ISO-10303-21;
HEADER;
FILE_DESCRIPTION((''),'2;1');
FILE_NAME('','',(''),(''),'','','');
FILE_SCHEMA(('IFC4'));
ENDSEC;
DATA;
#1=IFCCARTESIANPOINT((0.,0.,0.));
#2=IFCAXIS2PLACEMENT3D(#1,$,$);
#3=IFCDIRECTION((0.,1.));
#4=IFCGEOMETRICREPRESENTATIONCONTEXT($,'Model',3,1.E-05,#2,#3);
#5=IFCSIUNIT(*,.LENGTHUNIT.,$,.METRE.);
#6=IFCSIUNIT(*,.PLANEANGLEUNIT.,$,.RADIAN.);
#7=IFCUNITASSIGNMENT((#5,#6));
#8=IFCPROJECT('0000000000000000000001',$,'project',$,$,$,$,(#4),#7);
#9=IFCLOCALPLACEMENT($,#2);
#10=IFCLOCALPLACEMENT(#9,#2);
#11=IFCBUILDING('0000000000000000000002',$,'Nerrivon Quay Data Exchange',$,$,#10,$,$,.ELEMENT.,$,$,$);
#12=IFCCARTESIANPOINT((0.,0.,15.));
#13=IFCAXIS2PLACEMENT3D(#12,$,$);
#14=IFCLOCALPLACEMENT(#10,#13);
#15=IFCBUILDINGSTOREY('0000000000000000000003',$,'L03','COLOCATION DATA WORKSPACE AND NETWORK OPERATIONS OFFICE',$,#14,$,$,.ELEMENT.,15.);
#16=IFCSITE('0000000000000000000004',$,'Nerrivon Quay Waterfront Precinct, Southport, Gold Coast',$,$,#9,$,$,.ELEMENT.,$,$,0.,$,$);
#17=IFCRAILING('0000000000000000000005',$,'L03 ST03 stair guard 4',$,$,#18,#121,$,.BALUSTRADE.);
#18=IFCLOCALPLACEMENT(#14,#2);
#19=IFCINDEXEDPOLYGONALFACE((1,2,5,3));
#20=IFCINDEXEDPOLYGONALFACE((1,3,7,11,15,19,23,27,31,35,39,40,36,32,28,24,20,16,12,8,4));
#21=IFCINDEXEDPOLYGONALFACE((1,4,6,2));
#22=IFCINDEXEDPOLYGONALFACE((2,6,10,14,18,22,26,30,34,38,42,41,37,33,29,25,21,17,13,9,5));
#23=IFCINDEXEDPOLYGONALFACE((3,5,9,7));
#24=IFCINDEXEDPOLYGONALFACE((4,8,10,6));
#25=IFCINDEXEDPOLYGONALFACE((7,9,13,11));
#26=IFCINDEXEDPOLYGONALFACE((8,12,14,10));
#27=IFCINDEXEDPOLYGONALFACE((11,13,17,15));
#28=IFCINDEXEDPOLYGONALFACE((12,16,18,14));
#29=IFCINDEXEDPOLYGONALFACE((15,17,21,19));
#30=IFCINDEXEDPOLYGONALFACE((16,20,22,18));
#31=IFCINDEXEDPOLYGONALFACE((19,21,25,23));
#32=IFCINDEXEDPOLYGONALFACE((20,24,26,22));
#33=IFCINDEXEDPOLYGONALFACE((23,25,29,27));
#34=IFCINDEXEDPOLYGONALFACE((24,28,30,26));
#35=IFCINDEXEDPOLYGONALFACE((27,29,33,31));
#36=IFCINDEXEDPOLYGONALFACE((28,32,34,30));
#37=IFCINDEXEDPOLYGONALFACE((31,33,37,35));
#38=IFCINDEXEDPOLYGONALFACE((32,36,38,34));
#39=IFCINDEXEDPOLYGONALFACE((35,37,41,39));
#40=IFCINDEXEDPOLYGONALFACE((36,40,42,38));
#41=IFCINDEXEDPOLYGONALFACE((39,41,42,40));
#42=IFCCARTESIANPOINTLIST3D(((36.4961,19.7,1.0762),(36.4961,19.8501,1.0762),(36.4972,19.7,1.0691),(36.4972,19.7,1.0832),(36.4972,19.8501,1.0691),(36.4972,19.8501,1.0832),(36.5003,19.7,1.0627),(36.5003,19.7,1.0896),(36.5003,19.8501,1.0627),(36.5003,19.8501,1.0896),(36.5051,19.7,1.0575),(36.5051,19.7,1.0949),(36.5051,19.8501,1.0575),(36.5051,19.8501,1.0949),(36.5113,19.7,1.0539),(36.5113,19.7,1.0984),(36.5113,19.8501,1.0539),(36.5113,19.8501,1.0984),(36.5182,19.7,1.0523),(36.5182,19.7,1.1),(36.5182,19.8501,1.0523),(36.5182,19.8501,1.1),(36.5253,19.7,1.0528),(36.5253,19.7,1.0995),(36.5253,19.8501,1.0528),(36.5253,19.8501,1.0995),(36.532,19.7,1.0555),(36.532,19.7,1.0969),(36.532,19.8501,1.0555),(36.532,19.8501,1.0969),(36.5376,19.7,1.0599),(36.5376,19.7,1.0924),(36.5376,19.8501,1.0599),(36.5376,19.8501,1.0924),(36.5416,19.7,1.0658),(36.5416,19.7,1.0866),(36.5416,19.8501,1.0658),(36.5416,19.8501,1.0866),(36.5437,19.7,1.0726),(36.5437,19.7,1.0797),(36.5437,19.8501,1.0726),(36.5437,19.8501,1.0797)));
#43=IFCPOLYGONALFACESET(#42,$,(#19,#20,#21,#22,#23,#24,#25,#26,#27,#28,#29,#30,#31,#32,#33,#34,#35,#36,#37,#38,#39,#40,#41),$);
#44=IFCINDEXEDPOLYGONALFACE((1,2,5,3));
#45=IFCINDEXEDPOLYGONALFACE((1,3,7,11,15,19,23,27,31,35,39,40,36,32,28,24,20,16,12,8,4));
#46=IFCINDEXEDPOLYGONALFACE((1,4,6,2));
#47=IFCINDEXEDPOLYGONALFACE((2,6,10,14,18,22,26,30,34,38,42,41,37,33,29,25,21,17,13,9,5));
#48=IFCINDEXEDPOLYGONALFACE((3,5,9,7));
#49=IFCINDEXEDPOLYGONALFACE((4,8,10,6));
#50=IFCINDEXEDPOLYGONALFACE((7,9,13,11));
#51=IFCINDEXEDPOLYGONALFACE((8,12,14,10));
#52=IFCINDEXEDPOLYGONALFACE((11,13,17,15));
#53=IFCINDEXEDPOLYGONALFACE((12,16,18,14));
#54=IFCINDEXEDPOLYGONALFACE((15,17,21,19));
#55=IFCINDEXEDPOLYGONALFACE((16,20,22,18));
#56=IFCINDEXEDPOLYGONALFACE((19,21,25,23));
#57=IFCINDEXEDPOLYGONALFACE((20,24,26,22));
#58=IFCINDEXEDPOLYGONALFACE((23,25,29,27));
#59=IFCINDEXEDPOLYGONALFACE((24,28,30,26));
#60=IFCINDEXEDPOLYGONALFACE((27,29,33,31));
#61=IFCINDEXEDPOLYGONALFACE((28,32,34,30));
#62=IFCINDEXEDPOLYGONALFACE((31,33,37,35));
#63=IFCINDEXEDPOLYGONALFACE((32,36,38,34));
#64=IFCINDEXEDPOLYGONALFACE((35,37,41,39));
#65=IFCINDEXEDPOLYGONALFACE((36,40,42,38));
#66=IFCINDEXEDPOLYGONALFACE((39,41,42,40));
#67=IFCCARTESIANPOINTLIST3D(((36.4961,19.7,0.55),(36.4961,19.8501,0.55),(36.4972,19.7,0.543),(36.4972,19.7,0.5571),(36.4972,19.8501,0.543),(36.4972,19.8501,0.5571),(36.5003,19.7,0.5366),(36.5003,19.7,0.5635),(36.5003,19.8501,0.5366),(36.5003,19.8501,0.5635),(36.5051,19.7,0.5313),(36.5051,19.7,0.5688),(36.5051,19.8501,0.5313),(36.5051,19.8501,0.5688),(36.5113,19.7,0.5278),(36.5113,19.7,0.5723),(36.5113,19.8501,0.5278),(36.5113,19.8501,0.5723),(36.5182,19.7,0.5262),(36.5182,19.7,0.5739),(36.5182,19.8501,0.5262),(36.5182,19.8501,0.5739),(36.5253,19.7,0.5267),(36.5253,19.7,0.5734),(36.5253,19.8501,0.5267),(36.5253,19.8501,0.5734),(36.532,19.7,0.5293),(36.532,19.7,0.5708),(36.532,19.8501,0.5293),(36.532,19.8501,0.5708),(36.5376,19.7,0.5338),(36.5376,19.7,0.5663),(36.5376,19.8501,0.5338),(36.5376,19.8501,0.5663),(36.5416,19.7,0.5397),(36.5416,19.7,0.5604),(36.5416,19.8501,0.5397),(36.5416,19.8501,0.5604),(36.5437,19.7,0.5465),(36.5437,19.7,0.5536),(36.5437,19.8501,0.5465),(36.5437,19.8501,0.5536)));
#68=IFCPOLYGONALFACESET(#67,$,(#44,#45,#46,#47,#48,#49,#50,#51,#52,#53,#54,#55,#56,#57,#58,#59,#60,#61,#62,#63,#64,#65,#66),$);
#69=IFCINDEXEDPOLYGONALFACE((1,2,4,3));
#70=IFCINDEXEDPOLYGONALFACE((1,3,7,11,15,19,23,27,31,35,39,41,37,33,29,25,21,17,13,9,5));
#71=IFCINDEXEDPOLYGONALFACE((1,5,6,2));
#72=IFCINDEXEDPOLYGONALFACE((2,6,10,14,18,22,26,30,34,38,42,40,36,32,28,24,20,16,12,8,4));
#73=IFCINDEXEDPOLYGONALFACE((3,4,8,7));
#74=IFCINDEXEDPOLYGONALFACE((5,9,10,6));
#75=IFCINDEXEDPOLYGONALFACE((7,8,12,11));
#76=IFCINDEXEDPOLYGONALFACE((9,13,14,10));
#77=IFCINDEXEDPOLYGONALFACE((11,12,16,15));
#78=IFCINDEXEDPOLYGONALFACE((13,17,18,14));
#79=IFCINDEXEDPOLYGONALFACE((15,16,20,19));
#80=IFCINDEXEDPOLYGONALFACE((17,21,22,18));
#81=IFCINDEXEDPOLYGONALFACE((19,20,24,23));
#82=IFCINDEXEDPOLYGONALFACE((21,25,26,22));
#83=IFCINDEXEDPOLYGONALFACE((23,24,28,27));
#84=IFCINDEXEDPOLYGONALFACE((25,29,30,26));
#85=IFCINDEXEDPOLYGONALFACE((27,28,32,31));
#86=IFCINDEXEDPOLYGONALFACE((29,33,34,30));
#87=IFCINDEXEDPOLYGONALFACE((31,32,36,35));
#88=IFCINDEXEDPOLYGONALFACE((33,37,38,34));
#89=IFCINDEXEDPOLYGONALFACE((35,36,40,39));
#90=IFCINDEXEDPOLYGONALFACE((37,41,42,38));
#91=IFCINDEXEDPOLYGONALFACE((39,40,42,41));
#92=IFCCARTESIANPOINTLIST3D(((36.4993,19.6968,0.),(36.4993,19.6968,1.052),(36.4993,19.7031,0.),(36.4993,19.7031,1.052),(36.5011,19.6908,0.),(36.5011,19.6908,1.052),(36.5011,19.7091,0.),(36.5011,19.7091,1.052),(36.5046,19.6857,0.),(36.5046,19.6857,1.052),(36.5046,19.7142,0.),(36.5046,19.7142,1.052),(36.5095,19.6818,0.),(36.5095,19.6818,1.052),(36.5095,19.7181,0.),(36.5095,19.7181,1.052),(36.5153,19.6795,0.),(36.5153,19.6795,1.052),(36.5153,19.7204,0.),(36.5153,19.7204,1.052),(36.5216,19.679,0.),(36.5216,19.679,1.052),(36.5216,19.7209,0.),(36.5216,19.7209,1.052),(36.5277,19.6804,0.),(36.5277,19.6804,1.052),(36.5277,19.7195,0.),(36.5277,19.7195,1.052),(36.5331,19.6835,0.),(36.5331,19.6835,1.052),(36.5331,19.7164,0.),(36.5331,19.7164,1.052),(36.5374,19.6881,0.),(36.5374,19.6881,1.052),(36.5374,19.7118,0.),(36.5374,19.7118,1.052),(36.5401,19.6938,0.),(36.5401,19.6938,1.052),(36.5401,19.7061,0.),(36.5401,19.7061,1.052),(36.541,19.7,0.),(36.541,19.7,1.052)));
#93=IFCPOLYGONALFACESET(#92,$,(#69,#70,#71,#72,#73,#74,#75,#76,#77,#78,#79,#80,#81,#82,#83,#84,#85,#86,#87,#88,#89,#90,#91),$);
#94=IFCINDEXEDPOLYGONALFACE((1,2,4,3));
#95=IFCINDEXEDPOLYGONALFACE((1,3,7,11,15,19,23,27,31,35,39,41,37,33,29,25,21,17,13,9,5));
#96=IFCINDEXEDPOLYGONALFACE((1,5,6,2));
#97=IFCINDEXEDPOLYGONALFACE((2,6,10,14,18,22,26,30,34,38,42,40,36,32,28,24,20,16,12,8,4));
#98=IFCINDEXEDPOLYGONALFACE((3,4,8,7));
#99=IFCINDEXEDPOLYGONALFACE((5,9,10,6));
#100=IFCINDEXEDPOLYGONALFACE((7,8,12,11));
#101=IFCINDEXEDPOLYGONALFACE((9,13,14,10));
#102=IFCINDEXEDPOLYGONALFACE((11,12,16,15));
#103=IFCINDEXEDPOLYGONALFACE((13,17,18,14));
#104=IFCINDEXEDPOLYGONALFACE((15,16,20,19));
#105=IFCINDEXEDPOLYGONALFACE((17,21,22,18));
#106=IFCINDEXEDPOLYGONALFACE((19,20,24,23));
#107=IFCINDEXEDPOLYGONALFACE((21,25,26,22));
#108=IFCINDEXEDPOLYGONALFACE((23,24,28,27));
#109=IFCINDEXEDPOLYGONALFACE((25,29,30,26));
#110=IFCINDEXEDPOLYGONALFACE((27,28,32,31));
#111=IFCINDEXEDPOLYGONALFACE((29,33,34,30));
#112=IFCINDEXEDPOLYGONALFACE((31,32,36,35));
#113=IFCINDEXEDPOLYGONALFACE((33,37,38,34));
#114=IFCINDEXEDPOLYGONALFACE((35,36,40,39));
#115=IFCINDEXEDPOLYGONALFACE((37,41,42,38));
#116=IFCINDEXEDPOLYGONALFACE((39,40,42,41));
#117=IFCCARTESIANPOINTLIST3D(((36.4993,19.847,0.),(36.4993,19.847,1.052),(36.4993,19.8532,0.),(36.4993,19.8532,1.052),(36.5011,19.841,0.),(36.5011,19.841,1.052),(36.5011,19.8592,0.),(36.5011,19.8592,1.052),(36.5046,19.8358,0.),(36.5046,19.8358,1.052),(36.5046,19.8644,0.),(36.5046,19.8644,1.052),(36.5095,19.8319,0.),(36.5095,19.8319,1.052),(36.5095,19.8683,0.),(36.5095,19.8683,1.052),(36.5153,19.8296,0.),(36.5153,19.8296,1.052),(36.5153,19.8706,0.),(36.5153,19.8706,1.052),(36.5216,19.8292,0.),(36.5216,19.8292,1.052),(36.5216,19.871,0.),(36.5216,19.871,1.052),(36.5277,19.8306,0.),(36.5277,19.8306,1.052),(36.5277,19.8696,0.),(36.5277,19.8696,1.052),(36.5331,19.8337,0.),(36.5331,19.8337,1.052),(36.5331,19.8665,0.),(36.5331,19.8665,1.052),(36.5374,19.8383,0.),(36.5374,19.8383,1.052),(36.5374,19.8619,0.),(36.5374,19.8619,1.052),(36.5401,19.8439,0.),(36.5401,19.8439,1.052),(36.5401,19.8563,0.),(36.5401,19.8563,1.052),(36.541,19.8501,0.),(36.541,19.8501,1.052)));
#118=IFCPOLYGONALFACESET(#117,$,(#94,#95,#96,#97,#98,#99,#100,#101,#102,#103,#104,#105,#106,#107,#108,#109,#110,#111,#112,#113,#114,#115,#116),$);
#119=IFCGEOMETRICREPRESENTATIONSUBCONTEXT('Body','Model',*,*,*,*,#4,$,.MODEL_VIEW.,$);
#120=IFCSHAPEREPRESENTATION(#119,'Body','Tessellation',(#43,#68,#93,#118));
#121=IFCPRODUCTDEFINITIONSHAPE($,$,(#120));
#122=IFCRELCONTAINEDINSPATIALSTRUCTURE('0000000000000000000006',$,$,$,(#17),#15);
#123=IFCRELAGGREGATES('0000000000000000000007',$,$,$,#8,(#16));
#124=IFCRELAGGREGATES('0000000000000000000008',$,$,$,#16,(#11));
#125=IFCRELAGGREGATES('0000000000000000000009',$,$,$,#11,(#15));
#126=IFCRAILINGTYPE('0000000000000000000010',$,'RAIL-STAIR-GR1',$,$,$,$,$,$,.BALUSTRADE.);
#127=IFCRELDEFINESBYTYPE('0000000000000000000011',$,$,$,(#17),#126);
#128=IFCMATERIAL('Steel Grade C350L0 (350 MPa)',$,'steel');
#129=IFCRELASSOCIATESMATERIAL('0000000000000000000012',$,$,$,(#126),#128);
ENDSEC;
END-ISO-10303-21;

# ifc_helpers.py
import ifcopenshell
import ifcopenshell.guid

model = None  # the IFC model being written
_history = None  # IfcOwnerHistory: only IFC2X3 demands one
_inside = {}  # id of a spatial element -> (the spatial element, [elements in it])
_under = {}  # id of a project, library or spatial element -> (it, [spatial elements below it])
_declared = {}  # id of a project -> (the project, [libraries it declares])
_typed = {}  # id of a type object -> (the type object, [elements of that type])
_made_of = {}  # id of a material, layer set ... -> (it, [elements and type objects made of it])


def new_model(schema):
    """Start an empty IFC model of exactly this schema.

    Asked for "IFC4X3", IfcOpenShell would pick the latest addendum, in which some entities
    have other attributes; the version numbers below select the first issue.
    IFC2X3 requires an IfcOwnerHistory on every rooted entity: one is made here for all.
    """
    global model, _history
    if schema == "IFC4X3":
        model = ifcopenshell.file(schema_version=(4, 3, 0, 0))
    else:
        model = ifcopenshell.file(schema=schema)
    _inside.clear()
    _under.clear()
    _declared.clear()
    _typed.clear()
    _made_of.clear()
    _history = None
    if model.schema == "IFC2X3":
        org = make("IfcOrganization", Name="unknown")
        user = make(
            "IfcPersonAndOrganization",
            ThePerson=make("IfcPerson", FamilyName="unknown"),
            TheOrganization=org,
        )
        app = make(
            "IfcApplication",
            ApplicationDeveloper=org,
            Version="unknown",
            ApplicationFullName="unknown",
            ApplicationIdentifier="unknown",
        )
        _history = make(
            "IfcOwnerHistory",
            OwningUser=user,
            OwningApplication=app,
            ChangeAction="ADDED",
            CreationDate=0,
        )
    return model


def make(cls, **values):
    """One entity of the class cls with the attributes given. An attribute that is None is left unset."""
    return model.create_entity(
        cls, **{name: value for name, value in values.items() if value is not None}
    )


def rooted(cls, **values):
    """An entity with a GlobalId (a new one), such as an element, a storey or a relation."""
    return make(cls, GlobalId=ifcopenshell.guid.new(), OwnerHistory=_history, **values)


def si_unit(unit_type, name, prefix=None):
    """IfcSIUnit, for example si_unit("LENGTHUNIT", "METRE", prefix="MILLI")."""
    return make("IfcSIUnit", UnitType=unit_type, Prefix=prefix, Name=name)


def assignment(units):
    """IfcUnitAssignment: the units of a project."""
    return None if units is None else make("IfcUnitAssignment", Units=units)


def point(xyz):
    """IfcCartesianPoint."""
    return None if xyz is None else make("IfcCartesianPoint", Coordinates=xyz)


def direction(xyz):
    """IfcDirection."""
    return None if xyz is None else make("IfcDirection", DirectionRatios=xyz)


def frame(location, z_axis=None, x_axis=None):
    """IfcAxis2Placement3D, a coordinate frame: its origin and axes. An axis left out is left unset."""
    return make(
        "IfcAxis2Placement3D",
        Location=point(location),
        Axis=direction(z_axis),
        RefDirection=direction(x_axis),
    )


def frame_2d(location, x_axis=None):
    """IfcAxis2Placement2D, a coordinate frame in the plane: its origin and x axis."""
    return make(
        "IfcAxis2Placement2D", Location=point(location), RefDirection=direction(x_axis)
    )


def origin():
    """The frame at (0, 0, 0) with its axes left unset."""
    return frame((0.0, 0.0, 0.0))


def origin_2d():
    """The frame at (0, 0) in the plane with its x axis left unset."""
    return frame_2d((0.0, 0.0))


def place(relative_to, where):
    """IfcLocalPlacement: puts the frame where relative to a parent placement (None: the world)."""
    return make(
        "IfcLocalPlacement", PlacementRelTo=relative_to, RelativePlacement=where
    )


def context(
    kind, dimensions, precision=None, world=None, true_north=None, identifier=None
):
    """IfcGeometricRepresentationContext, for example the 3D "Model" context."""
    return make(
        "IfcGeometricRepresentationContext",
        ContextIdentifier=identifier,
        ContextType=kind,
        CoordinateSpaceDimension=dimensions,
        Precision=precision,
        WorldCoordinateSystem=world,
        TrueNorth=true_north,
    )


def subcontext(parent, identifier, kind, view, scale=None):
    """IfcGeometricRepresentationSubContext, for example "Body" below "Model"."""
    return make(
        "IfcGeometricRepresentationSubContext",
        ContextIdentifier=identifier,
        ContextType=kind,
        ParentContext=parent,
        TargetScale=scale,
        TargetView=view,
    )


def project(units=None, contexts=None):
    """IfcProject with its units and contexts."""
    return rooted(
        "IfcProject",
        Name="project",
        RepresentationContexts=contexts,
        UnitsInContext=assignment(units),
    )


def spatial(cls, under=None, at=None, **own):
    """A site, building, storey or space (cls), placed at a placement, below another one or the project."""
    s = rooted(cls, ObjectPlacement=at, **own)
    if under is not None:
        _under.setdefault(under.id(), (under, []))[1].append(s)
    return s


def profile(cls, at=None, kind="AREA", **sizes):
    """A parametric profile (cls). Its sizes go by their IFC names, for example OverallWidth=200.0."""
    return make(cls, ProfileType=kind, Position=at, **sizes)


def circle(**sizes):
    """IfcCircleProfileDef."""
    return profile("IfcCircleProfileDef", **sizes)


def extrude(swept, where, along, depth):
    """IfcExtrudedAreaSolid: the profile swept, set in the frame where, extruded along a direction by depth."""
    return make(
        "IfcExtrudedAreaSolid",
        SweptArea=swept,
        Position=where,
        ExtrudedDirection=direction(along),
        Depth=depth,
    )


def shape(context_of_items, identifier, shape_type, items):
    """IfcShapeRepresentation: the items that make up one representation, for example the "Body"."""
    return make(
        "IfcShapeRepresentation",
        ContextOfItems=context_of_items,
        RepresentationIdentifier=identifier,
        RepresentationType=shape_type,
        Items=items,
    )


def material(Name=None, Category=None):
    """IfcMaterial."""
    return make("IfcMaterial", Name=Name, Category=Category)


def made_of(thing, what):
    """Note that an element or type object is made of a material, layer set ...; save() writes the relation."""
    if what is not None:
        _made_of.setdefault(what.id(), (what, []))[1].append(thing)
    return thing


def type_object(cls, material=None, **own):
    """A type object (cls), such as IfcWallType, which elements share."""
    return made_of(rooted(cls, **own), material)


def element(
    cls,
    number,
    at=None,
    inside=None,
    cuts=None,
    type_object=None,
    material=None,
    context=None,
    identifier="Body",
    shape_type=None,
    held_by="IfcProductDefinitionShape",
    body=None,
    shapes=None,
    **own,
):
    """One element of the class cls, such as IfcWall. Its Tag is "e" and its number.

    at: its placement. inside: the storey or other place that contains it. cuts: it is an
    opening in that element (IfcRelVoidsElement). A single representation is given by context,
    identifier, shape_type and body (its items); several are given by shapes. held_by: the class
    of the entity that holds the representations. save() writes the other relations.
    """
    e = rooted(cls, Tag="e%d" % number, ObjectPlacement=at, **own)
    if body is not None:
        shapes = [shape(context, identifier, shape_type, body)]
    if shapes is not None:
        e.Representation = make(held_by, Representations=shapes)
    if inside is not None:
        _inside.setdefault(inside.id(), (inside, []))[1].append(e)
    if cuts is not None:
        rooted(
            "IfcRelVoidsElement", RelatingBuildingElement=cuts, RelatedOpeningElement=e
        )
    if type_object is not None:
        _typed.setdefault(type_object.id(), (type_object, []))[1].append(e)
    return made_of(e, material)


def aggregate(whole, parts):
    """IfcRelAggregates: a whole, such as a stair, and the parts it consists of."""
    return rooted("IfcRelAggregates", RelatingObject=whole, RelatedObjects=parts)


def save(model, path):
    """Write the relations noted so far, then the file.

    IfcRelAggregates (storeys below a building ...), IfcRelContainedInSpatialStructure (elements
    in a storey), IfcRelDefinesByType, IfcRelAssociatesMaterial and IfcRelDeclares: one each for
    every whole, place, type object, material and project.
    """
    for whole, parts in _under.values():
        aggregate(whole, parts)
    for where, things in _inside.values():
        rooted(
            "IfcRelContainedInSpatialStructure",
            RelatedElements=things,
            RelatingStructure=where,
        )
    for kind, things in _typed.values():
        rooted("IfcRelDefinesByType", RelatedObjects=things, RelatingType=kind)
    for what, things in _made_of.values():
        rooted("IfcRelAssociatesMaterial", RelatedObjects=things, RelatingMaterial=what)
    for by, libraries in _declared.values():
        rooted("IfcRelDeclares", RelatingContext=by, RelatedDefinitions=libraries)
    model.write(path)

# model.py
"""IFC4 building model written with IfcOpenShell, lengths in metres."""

from ifc_helpers import new_model, si_unit, direction, frame, origin, origin_2d, place, context, subcontext, project, spatial, circle, extrude, material, type_object, element, save


model = new_model("IFC4")

# Units and contexts
model_context = context("Model", 3, precision=1e-05, world=origin(), true_north=direction((0.0, 1.0)))
body_context = subcontext(model_context, "Body", "Model", "MODEL_VIEW")
ifc_project = project(units=[si_unit("LENGTHUNIT", "METRE"), si_unit("PLANEANGLEUNIT", "RADIAN")], contexts=[model_context])

# Site, building, storey
site_placement = place(None, origin())
site = spatial("IfcSite", under=ifc_project, at=site_placement, Name="Nerrivon Quay Waterfront Precinct, Southport, Gold Coast", CompositionType="ELEMENT", RefElevation=0.0)
building_placement = place(site_placement, origin())
building = spatial("IfcBuilding", under=site, at=building_placement, Name="Nerrivon Quay Data Exchange", CompositionType="ELEMENT")
storey_placement = place(building_placement, frame((0.0, 0.0, 15.0)))
storey = spatial("IfcBuildingStorey", under=building, at=storey_placement, Name="L03", Description="COLOCATION DATA WORKSPACE AND NETWORK OPERATIONS OFFICE", CompositionType="ELEMENT", Elevation=15.0)

# Railing
ifc_material_1 = material(Name="Steel Grade C350L0 (350 MPa)", Category="steel")
railing_type_1 = type_object("IfcRailingType", Name="RAIL-STAIR-GR1", PredefinedType="BALUSTRADE", material=ifc_material_1)
railing_1_placement = place(storey_placement, frame((36.52, 19.7, 0.0)))
element("IfcRailing", 1, at=railing_1_placement, inside=storey, type_object=railing_type_1, Name="L03 ST03 stair guard 4", PredefinedType="BALUSTRADE", context=body_context, shape_type="SweptSolid", body=[
    extrude(circle(Radius=0.0239, at=origin_2d()), frame((0.0, 0.0, 1.0762), z_axis=(0.0, 1.0, 0.0), x_axis=(-1.0, 0.0, 0.0)), (0.0, 0.0, 1.0), 0.1501),
    extrude(circle(Radius=0.0239, at=origin_2d()), frame((0.0, 0.0, 0.55), z_axis=(0.0, 1.0, 0.0), x_axis=(-1.0, 0.0, 0.0)), (0.0, 0.0, 1.0), 0.1501),
    extrude(circle(Radius=0.021, at=origin_2d()), origin(), (0.0, 0.0, 1.0), 1.052),
    extrude(circle(Radius=0.021, at=origin_2d()), frame((0.0, 0.1501, 0.0)), (0.0, 0.0, 1.0), 1.052),
])

save(model, "model.ifc")
